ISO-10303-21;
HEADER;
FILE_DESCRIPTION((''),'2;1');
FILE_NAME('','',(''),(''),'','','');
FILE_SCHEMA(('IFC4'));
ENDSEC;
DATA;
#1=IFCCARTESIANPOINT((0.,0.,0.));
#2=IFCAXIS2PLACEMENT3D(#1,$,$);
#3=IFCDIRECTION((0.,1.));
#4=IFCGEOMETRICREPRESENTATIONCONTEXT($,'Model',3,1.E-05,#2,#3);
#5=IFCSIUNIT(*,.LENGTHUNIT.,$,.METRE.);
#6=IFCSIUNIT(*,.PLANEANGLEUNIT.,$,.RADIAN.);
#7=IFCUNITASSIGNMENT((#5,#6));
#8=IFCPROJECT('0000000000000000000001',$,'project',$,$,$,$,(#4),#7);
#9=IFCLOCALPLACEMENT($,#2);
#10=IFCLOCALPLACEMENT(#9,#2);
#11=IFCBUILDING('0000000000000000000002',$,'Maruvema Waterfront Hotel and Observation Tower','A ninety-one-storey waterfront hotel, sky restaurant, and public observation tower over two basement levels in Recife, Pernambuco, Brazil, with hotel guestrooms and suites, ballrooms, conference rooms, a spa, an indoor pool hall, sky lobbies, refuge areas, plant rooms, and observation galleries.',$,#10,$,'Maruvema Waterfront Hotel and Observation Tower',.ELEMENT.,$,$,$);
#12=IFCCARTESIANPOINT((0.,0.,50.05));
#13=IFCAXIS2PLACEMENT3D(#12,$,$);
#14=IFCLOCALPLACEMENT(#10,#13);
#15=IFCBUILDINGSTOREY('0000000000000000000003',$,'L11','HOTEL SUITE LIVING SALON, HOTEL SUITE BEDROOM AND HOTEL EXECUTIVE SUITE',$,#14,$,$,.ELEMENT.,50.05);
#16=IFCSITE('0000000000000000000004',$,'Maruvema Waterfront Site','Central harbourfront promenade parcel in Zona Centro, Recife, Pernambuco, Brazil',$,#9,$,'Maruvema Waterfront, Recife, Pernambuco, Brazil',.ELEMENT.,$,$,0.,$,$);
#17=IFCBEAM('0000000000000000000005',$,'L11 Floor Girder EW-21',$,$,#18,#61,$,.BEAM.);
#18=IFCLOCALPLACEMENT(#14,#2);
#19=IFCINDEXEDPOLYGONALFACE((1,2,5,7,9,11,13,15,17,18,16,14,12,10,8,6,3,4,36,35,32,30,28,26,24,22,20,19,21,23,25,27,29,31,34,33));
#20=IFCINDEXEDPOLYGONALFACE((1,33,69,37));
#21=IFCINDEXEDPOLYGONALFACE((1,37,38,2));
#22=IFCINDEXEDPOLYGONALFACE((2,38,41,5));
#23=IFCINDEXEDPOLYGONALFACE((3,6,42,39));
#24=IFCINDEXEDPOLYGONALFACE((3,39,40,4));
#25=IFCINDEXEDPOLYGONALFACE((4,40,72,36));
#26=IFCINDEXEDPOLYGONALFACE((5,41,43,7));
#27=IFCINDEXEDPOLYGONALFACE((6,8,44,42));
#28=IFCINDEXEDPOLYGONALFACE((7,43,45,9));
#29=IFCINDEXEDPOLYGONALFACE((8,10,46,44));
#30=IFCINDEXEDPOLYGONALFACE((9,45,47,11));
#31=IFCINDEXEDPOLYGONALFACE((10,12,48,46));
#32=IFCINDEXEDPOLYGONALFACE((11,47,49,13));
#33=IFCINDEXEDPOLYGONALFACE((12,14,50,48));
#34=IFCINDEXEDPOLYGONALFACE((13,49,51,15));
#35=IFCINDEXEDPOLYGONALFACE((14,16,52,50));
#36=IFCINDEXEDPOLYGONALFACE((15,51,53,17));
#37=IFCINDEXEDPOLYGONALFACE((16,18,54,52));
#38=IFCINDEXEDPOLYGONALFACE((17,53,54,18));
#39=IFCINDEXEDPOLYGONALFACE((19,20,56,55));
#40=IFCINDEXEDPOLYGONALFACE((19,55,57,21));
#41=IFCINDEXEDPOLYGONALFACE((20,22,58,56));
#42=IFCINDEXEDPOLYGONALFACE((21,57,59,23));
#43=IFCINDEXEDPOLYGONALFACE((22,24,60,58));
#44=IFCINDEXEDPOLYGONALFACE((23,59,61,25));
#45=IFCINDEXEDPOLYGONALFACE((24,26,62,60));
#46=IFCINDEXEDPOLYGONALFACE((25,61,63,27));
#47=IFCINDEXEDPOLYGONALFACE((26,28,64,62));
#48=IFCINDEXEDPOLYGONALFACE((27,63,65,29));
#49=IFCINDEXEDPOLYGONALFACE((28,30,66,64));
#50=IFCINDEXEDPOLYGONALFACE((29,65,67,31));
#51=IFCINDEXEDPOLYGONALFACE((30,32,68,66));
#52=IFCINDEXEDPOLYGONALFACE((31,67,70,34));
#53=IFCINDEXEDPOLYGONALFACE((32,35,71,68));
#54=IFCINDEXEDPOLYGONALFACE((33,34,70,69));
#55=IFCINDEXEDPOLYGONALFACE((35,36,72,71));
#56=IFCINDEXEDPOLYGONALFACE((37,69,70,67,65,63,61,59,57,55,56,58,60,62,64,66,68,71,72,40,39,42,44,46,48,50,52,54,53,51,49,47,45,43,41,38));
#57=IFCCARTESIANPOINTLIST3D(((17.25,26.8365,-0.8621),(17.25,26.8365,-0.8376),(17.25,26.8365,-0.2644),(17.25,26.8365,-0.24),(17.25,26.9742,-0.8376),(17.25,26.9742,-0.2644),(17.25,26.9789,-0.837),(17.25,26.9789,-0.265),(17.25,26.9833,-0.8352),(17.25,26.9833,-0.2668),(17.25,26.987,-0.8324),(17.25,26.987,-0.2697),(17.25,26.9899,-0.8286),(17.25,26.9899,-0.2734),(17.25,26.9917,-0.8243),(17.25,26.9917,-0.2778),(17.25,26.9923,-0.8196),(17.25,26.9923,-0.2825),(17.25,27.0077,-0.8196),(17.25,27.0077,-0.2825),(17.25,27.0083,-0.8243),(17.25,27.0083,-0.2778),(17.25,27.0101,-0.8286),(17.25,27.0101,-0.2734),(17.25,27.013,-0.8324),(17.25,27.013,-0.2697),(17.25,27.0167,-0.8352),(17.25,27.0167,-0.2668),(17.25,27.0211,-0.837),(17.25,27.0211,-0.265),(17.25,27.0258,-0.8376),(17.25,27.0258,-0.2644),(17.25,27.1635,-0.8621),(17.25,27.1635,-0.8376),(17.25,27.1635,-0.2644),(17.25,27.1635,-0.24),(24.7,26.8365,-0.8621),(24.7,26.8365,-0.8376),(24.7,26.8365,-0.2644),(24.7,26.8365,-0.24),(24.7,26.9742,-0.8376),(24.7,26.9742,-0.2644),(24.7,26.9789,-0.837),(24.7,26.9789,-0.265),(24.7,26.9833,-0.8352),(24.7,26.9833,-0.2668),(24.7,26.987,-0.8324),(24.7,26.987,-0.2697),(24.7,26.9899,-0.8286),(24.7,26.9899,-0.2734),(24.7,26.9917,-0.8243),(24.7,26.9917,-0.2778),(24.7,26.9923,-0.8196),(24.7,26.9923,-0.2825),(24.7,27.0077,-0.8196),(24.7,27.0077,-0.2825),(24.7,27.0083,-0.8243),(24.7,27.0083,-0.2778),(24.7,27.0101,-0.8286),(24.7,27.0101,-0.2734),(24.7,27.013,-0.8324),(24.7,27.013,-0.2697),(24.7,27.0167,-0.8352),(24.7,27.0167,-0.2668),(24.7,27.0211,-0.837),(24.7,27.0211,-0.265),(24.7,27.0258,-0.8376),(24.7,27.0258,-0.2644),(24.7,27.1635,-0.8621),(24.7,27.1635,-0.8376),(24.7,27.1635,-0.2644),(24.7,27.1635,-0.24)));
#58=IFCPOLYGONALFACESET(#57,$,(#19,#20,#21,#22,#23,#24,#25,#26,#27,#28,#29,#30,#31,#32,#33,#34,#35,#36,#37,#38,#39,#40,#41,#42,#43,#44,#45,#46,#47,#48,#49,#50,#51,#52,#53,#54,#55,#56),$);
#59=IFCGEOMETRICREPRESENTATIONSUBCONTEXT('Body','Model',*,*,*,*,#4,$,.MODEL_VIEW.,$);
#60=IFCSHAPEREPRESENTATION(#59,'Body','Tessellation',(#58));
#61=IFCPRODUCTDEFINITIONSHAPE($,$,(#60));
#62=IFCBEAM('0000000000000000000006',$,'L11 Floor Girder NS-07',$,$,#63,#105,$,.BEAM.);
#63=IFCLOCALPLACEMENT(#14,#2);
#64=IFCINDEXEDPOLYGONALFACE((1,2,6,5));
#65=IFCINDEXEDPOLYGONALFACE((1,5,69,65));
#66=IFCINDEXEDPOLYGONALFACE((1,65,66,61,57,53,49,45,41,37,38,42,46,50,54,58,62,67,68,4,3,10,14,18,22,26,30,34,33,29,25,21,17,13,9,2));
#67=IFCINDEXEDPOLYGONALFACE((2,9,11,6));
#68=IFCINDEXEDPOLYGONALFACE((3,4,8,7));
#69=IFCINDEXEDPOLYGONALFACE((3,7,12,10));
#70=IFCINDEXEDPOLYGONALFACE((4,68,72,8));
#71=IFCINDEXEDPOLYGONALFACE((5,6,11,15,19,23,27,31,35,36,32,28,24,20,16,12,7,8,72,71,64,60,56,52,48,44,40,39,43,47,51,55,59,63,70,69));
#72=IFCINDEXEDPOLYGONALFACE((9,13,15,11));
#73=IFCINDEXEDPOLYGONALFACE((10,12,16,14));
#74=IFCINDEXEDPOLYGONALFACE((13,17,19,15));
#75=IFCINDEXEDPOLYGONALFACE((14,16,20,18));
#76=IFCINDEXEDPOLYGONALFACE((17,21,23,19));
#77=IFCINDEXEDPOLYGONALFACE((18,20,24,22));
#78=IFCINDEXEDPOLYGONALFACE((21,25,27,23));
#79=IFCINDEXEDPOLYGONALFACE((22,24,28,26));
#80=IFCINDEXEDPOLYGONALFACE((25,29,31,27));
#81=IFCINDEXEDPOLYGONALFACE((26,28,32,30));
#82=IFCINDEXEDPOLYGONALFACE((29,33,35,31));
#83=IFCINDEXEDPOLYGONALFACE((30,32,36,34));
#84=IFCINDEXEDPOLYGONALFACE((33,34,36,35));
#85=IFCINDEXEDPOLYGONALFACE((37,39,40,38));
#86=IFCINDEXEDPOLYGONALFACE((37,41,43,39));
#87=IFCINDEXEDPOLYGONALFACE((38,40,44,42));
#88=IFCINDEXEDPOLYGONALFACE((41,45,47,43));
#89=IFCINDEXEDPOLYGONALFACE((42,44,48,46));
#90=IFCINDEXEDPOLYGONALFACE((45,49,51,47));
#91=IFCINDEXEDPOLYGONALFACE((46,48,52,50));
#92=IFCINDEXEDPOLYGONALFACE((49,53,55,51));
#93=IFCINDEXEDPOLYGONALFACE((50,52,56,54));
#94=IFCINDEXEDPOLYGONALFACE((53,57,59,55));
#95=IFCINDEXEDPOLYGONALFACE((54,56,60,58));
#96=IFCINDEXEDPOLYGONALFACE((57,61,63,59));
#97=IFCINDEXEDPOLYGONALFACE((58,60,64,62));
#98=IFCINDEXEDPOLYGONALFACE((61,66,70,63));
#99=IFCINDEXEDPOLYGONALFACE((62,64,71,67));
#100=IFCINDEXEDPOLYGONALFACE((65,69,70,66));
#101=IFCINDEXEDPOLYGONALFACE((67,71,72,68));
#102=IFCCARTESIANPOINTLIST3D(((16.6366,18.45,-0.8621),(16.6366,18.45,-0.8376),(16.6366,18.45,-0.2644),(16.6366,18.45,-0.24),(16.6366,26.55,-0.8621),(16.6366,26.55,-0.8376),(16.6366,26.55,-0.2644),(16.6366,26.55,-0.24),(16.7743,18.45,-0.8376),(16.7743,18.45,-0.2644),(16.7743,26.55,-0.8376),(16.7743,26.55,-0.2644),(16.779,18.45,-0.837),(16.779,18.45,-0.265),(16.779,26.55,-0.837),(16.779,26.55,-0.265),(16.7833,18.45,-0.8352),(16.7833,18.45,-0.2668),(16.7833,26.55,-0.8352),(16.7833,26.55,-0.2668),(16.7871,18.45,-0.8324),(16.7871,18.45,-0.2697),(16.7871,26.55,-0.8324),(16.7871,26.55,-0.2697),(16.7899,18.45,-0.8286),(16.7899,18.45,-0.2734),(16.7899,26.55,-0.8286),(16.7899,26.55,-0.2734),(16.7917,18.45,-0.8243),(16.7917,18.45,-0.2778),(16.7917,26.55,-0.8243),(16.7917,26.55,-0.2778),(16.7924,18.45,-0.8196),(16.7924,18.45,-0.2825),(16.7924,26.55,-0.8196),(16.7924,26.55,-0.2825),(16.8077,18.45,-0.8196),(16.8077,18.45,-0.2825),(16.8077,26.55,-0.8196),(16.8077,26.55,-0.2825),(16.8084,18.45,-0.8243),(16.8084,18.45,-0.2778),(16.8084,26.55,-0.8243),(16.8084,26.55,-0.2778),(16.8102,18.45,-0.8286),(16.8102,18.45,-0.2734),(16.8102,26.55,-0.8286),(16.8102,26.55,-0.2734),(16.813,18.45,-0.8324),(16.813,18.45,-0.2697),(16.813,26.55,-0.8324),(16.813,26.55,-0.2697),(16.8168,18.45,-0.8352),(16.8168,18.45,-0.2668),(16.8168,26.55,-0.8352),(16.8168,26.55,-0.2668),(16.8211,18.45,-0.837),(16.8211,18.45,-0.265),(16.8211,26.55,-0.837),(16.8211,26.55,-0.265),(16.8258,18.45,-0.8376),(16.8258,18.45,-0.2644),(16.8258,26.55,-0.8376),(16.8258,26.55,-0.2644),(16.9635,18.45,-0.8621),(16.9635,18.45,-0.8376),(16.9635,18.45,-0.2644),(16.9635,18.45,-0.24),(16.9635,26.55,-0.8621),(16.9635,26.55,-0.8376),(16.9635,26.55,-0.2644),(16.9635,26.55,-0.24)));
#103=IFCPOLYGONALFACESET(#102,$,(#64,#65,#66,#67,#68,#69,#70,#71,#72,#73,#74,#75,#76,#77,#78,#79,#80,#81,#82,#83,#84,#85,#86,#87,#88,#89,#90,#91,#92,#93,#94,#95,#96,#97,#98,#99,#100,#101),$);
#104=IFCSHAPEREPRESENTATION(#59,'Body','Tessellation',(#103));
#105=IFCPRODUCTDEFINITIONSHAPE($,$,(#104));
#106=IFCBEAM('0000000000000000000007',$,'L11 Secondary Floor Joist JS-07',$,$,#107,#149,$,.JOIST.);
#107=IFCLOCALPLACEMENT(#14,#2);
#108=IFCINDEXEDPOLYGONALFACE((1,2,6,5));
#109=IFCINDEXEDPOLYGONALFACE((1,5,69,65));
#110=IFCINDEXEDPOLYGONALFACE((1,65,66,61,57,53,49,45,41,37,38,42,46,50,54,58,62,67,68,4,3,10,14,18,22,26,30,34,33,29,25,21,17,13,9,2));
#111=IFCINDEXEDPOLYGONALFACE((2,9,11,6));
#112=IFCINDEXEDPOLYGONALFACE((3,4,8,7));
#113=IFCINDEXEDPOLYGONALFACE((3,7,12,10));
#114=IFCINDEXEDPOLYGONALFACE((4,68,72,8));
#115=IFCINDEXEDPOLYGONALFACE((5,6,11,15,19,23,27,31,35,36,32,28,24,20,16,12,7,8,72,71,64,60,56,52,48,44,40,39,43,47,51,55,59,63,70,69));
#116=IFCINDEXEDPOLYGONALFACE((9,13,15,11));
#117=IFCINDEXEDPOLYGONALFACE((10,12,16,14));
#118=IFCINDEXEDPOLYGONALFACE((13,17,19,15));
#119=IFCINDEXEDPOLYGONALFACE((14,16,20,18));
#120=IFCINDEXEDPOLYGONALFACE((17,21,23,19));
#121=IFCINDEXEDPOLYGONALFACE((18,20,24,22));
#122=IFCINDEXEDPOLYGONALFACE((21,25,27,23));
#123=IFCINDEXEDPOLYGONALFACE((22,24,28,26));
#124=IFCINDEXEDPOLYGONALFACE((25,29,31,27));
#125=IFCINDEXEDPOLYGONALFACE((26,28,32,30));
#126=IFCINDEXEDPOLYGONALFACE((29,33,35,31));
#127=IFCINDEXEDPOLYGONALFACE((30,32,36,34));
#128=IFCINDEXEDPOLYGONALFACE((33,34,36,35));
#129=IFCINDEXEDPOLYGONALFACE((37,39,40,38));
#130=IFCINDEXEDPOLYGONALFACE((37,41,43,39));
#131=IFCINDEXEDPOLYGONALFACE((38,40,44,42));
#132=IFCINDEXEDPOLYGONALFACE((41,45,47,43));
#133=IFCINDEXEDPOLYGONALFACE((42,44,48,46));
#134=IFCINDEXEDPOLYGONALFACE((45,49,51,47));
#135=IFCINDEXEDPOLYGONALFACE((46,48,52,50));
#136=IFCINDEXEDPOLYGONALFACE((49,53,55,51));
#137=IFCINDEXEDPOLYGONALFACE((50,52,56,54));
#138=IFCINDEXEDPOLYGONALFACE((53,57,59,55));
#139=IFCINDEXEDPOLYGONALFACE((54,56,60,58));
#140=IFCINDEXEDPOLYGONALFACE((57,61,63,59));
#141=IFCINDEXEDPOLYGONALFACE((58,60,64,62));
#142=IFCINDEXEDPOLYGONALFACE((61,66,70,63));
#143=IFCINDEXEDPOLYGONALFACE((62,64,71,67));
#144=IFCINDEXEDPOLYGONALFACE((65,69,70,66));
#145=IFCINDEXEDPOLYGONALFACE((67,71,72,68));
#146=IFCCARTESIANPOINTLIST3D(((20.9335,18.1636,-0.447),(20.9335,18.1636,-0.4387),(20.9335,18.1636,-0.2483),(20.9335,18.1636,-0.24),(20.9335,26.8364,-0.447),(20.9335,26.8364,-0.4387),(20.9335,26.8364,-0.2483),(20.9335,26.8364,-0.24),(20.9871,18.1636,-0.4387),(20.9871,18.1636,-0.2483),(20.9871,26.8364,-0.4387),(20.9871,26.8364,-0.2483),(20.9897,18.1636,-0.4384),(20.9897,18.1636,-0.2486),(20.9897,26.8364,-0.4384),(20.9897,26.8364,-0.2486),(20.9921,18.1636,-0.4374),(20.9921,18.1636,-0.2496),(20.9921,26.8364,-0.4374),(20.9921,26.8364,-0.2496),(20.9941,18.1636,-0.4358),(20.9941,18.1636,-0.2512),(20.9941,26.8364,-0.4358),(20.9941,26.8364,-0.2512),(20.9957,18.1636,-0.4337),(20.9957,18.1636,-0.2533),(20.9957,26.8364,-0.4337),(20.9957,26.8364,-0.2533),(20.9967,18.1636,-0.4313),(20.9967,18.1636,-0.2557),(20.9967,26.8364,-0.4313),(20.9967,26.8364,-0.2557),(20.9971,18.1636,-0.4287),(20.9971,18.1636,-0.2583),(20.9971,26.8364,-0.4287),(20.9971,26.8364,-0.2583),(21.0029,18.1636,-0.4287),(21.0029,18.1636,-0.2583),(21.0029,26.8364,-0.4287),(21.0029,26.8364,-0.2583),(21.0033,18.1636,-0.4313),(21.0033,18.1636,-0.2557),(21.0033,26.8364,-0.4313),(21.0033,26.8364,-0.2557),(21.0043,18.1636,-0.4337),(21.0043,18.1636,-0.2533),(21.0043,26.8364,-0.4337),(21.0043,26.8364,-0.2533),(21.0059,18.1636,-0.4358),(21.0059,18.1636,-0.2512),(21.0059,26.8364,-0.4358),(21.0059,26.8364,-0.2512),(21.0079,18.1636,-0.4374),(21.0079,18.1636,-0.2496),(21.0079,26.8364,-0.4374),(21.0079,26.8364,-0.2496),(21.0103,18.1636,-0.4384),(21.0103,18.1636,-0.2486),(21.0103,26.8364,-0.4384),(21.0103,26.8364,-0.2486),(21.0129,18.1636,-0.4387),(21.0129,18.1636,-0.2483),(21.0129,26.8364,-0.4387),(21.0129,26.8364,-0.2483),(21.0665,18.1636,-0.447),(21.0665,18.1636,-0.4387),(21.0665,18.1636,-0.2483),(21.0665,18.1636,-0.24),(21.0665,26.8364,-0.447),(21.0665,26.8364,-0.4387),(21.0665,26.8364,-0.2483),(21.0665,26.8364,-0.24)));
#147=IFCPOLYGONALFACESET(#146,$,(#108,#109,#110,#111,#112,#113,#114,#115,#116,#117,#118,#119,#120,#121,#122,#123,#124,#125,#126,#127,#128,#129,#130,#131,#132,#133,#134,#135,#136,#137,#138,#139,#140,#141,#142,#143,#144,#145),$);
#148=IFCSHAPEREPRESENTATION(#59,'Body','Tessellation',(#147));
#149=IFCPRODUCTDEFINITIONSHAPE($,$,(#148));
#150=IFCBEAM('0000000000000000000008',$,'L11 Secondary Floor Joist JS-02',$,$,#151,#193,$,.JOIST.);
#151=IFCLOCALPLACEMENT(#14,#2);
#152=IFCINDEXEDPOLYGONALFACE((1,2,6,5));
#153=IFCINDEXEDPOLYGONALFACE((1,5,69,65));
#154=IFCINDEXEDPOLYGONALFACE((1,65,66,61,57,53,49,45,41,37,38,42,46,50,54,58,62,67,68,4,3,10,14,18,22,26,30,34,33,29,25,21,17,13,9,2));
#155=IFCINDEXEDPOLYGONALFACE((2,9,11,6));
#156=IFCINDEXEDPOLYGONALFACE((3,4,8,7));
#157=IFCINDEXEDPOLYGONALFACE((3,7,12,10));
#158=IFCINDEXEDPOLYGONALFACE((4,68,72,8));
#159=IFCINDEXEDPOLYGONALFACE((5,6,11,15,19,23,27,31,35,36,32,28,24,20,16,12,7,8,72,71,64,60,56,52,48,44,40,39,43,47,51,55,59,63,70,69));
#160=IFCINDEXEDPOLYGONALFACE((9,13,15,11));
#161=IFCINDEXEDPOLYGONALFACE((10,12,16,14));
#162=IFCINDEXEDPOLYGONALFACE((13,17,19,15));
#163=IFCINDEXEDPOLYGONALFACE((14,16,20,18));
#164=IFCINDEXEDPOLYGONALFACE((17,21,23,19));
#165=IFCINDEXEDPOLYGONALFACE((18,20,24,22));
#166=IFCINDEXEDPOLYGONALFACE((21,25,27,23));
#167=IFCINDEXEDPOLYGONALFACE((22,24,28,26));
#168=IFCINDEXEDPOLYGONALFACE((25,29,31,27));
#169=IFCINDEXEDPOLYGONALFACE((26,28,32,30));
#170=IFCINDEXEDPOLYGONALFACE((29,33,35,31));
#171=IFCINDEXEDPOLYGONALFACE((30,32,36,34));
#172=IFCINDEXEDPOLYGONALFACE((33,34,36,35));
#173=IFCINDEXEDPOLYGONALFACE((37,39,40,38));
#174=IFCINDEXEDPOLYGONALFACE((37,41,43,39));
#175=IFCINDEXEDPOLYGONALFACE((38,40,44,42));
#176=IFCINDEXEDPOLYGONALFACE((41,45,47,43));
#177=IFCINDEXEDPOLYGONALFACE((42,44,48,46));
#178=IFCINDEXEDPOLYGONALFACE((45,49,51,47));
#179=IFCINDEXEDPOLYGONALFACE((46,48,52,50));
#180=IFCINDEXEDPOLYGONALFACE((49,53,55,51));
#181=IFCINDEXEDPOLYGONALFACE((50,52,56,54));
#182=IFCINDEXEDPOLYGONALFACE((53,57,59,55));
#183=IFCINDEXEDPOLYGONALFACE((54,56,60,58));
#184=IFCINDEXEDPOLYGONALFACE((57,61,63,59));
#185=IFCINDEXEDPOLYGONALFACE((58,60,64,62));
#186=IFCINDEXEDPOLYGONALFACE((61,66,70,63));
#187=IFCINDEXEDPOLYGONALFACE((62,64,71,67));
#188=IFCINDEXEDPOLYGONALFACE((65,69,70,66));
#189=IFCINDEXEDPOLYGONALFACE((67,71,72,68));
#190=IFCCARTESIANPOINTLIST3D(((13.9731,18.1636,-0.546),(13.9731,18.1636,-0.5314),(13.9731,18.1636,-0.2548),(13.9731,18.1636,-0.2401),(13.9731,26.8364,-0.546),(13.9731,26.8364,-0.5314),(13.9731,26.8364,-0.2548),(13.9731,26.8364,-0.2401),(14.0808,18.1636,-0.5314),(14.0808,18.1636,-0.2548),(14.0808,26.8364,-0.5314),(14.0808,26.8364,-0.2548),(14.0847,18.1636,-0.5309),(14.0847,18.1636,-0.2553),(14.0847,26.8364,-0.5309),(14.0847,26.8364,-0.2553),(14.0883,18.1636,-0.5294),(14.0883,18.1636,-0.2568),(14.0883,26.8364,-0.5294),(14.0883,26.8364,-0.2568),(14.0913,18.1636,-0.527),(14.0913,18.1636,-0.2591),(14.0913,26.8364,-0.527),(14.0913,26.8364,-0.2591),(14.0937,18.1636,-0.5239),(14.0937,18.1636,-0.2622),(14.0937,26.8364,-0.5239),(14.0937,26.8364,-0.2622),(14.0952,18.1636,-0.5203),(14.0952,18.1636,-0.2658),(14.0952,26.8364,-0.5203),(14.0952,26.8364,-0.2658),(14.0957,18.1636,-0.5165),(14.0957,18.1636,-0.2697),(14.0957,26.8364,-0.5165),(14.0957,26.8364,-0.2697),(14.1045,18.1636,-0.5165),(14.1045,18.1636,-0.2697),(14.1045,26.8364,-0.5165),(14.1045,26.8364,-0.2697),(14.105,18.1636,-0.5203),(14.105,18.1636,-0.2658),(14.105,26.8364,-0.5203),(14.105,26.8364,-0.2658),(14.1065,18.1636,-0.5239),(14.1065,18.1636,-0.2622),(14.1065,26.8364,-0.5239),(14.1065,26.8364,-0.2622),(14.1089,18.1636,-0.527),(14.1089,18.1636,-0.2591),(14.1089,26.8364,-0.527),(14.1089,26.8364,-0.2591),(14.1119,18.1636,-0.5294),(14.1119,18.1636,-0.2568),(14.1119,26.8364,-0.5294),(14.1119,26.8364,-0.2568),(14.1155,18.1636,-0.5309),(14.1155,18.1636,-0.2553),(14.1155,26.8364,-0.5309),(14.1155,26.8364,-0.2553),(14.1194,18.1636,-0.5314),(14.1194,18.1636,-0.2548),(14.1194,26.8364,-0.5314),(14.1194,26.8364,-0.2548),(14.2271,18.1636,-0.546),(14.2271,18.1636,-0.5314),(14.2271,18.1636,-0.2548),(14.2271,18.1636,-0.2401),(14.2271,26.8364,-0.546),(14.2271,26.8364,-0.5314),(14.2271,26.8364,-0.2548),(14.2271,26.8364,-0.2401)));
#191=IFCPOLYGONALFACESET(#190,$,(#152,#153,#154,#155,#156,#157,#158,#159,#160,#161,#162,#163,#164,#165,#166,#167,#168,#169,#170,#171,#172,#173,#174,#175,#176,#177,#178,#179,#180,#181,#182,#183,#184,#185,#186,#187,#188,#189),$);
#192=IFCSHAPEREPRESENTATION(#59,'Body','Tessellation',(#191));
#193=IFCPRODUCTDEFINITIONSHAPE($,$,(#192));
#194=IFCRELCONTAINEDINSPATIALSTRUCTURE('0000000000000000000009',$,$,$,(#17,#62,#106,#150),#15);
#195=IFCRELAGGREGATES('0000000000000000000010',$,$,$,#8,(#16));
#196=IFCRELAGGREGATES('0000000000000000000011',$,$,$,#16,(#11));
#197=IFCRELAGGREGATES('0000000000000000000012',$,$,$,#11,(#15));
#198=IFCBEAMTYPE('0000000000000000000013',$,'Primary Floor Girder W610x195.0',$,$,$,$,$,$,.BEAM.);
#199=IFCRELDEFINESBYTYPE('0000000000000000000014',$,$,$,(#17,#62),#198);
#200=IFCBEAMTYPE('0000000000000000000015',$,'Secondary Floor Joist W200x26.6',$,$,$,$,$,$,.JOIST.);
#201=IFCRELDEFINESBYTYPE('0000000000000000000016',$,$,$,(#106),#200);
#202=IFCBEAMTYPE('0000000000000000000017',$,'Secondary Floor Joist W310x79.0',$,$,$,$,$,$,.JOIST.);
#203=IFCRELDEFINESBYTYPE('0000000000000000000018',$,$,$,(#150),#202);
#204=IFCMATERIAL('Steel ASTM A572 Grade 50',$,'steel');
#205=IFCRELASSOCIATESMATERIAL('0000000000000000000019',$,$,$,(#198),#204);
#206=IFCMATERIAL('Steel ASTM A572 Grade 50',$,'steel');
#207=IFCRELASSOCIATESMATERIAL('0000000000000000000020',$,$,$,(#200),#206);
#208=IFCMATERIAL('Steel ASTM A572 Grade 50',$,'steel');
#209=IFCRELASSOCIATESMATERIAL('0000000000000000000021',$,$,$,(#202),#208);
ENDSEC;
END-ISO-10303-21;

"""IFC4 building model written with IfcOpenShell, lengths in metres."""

from ifc_helpers import new_model, si_unit, direction, frame, origin, origin_2d, place, context, subcontext, project, spatial, i_section, extrude, material, material_profile, profile_set, type_object, element, save


model = new_model("IFC4")

# Units and contexts
model_context = context("Model", 3, precision=1e-05, world=origin(), true_north=direction((0.0, 1.0)))
body_context = subcontext(model_context, "Body", "Model", "MODEL_VIEW")
ifc_project = project(units=[si_unit("LENGTHUNIT", "METRE"), si_unit("PLANEANGLEUNIT", "RADIAN")], contexts=[model_context])

# Site, building, storey
site_placement = place(None, origin())
site = spatial("IfcSite", under=ifc_project, at=site_placement, Name="Maruvema Waterfront Site", Description="Central harbourfront promenade parcel in Zona Centro, Recife, Pernambuco, Brazil", LongName="Maruvema Waterfront, Recife, Pernambuco, Brazil", CompositionType="ELEMENT", RefElevation=0.0)
building_placement = place(site_placement, origin())
building = spatial("IfcBuilding", under=site, at=building_placement, Name="Maruvema Waterfront Hotel and Observation Tower", Description="A ninety-one-storey waterfront hotel, sky restaurant, and public observation tower over two basement levels in Recife, Pernambuco, Brazil, with hotel guestrooms and suites, ballrooms, conference rooms, a spa, an indoor pool hall, sky lobbies, refuge areas, plant rooms, and observation galleries.", LongName="Maruvema Waterfront Hotel and Observation Tower", CompositionType="ELEMENT")
storey_placement = place(building_placement, frame((0.0, 0.0, 50.05)))
storey = spatial("IfcBuildingStorey", under=building, at=storey_placement, Name="L11", Description="HOTEL SUITE LIVING SALON, HOTEL SUITE BEDROOM AND HOTEL EXECUTIVE SUITE", CompositionType="ELEMENT", Elevation=50.05)

# Beams
ifc_material_1 = material(Name="Steel ASTM A572 Grade 50", Category="steel")
ifc_material_profile_1 = material_profile(ifc_material_1, i_section(OverallWidth=0.3269, OverallDepth=0.6221, WebThickness=0.0154, FlangeThickness=0.0244, FilletRadius=0.0181, at=origin_2d()), Name="W610x195.0")
ifc_profile_set_1 = profile_set([ifc_material_profile_1], Name="Steel ASTM A572 Grade 50")
beam_type_1 = type_object("IfcBeamType", Name="Primary Floor Girder W610x195.0", PredefinedType="BEAM", material=ifc_profile_set_1)
beam_1_placement = place(storey_placement, frame((17.25, 27.0, -0.551), z_axis=(1.0, 0.0, 0.0), x_axis=(0.0, 1.0, 0.0)))
element("IfcBeam", 1, at=beam_1_placement, inside=storey, type_object=beam_type_1, Name="L11 Floor Girder EW-21", PredefinedType="BEAM", context=body_context, shape_type="SweptSolid", body=[
    extrude(i_section(OverallWidth=0.3269, OverallDepth=0.6221, WebThickness=0.0154, FlangeThickness=0.0244, FilletRadius=0.0181, at=origin_2d()), origin(), (0.0, 0.0, 1.0), 7.45),
])
beam_2_placement = place(storey_placement, frame((16.8, 18.45, -0.551), z_axis=(0.0, 1.0, 0.0), x_axis=(-1.0, 0.0, 0.0)))
element("IfcBeam", 2, at=beam_2_placement, inside=storey, type_object=beam_type_1, Name="L11 Floor Girder NS-07", PredefinedType="BEAM", context=body_context, shape_type="SweptSolid", body=[
    extrude(i_section(OverallWidth=0.3269, OverallDepth=0.6221, WebThickness=0.0154, FlangeThickness=0.0244, FilletRadius=0.0181, at=origin_2d()), origin(), (0.0, 0.0, 1.0), 8.1001),
])
ifc_material_2 = material(Name="Steel ASTM A572 Grade 50", Category="steel")
ifc_material_profile_2 = material_profile(ifc_material_2, i_section(OverallWidth=0.1331, OverallDepth=0.207, WebThickness=0.0059, FlangeThickness=0.0083, FilletRadius=0.01, at=origin_2d()), Name="W200x26.6")
ifc_profile_set_2 = profile_set([ifc_material_profile_2], Name="Steel ASTM A572 Grade 50")
beam_type_2 = type_object("IfcBeamType", Name="Secondary Floor Joist W200x26.6", PredefinedType="JOIST", material=ifc_profile_set_2)
beam_3_placement = place(storey_placement, frame((21.0, 18.1636, -0.3435), z_axis=(0.0, 1.0, 0.0), x_axis=(-1.0, 0.0, 0.0)))
element("IfcBeam", 3, at=beam_3_placement, inside=storey, type_object=beam_type_2, Name="L11 Secondary Floor Joist JS-07", PredefinedType="JOIST", context=body_context, shape_type="SweptSolid", body=[
    extrude(i_section(OverallWidth=0.1331, OverallDepth=0.207, WebThickness=0.0059, FlangeThickness=0.0083, FilletRadius=0.01, at=origin_2d()), origin(), (0.0, 0.0, 1.0), 8.6729),
])
ifc_material_3 = material(Name="Steel ASTM A572 Grade 50", Category="steel")
ifc_material_profile_3 = material_profile(ifc_material_3, i_section(OverallWidth=0.2539, OverallDepth=0.3059, WebThickness=0.0088, FlangeThickness=0.0146, FilletRadius=0.0149, at=origin_2d()), Name="W310x79.0")
ifc_profile_set_3 = profile_set([ifc_material_profile_3], Name="Steel ASTM A572 Grade 50")
beam_type_3 = type_object("IfcBeamType", Name="Secondary Floor Joist W310x79.0", PredefinedType="JOIST", material=ifc_profile_set_3)
beam_4_placement = place(storey_placement, frame((14.1001, 18.1636, -0.3931), z_axis=(0.0, 1.0, 0.0), x_axis=(-1.0, 0.0, 0.0)))
element("IfcBeam", 4, at=beam_4_placement, inside=storey, type_object=beam_type_3, Name="L11 Secondary Floor Joist JS-02", PredefinedType="JOIST", context=body_context, shape_type="SweptSolid", body=[
    extrude(i_section(OverallWidth=0.2539, OverallDepth=0.3059, WebThickness=0.0088, FlangeThickness=0.0146, FilletRadius=0.0149, at=origin_2d()), origin(), (0.0, 0.0, 1.0), 8.6729),
])

save(model, "model.ifc")
